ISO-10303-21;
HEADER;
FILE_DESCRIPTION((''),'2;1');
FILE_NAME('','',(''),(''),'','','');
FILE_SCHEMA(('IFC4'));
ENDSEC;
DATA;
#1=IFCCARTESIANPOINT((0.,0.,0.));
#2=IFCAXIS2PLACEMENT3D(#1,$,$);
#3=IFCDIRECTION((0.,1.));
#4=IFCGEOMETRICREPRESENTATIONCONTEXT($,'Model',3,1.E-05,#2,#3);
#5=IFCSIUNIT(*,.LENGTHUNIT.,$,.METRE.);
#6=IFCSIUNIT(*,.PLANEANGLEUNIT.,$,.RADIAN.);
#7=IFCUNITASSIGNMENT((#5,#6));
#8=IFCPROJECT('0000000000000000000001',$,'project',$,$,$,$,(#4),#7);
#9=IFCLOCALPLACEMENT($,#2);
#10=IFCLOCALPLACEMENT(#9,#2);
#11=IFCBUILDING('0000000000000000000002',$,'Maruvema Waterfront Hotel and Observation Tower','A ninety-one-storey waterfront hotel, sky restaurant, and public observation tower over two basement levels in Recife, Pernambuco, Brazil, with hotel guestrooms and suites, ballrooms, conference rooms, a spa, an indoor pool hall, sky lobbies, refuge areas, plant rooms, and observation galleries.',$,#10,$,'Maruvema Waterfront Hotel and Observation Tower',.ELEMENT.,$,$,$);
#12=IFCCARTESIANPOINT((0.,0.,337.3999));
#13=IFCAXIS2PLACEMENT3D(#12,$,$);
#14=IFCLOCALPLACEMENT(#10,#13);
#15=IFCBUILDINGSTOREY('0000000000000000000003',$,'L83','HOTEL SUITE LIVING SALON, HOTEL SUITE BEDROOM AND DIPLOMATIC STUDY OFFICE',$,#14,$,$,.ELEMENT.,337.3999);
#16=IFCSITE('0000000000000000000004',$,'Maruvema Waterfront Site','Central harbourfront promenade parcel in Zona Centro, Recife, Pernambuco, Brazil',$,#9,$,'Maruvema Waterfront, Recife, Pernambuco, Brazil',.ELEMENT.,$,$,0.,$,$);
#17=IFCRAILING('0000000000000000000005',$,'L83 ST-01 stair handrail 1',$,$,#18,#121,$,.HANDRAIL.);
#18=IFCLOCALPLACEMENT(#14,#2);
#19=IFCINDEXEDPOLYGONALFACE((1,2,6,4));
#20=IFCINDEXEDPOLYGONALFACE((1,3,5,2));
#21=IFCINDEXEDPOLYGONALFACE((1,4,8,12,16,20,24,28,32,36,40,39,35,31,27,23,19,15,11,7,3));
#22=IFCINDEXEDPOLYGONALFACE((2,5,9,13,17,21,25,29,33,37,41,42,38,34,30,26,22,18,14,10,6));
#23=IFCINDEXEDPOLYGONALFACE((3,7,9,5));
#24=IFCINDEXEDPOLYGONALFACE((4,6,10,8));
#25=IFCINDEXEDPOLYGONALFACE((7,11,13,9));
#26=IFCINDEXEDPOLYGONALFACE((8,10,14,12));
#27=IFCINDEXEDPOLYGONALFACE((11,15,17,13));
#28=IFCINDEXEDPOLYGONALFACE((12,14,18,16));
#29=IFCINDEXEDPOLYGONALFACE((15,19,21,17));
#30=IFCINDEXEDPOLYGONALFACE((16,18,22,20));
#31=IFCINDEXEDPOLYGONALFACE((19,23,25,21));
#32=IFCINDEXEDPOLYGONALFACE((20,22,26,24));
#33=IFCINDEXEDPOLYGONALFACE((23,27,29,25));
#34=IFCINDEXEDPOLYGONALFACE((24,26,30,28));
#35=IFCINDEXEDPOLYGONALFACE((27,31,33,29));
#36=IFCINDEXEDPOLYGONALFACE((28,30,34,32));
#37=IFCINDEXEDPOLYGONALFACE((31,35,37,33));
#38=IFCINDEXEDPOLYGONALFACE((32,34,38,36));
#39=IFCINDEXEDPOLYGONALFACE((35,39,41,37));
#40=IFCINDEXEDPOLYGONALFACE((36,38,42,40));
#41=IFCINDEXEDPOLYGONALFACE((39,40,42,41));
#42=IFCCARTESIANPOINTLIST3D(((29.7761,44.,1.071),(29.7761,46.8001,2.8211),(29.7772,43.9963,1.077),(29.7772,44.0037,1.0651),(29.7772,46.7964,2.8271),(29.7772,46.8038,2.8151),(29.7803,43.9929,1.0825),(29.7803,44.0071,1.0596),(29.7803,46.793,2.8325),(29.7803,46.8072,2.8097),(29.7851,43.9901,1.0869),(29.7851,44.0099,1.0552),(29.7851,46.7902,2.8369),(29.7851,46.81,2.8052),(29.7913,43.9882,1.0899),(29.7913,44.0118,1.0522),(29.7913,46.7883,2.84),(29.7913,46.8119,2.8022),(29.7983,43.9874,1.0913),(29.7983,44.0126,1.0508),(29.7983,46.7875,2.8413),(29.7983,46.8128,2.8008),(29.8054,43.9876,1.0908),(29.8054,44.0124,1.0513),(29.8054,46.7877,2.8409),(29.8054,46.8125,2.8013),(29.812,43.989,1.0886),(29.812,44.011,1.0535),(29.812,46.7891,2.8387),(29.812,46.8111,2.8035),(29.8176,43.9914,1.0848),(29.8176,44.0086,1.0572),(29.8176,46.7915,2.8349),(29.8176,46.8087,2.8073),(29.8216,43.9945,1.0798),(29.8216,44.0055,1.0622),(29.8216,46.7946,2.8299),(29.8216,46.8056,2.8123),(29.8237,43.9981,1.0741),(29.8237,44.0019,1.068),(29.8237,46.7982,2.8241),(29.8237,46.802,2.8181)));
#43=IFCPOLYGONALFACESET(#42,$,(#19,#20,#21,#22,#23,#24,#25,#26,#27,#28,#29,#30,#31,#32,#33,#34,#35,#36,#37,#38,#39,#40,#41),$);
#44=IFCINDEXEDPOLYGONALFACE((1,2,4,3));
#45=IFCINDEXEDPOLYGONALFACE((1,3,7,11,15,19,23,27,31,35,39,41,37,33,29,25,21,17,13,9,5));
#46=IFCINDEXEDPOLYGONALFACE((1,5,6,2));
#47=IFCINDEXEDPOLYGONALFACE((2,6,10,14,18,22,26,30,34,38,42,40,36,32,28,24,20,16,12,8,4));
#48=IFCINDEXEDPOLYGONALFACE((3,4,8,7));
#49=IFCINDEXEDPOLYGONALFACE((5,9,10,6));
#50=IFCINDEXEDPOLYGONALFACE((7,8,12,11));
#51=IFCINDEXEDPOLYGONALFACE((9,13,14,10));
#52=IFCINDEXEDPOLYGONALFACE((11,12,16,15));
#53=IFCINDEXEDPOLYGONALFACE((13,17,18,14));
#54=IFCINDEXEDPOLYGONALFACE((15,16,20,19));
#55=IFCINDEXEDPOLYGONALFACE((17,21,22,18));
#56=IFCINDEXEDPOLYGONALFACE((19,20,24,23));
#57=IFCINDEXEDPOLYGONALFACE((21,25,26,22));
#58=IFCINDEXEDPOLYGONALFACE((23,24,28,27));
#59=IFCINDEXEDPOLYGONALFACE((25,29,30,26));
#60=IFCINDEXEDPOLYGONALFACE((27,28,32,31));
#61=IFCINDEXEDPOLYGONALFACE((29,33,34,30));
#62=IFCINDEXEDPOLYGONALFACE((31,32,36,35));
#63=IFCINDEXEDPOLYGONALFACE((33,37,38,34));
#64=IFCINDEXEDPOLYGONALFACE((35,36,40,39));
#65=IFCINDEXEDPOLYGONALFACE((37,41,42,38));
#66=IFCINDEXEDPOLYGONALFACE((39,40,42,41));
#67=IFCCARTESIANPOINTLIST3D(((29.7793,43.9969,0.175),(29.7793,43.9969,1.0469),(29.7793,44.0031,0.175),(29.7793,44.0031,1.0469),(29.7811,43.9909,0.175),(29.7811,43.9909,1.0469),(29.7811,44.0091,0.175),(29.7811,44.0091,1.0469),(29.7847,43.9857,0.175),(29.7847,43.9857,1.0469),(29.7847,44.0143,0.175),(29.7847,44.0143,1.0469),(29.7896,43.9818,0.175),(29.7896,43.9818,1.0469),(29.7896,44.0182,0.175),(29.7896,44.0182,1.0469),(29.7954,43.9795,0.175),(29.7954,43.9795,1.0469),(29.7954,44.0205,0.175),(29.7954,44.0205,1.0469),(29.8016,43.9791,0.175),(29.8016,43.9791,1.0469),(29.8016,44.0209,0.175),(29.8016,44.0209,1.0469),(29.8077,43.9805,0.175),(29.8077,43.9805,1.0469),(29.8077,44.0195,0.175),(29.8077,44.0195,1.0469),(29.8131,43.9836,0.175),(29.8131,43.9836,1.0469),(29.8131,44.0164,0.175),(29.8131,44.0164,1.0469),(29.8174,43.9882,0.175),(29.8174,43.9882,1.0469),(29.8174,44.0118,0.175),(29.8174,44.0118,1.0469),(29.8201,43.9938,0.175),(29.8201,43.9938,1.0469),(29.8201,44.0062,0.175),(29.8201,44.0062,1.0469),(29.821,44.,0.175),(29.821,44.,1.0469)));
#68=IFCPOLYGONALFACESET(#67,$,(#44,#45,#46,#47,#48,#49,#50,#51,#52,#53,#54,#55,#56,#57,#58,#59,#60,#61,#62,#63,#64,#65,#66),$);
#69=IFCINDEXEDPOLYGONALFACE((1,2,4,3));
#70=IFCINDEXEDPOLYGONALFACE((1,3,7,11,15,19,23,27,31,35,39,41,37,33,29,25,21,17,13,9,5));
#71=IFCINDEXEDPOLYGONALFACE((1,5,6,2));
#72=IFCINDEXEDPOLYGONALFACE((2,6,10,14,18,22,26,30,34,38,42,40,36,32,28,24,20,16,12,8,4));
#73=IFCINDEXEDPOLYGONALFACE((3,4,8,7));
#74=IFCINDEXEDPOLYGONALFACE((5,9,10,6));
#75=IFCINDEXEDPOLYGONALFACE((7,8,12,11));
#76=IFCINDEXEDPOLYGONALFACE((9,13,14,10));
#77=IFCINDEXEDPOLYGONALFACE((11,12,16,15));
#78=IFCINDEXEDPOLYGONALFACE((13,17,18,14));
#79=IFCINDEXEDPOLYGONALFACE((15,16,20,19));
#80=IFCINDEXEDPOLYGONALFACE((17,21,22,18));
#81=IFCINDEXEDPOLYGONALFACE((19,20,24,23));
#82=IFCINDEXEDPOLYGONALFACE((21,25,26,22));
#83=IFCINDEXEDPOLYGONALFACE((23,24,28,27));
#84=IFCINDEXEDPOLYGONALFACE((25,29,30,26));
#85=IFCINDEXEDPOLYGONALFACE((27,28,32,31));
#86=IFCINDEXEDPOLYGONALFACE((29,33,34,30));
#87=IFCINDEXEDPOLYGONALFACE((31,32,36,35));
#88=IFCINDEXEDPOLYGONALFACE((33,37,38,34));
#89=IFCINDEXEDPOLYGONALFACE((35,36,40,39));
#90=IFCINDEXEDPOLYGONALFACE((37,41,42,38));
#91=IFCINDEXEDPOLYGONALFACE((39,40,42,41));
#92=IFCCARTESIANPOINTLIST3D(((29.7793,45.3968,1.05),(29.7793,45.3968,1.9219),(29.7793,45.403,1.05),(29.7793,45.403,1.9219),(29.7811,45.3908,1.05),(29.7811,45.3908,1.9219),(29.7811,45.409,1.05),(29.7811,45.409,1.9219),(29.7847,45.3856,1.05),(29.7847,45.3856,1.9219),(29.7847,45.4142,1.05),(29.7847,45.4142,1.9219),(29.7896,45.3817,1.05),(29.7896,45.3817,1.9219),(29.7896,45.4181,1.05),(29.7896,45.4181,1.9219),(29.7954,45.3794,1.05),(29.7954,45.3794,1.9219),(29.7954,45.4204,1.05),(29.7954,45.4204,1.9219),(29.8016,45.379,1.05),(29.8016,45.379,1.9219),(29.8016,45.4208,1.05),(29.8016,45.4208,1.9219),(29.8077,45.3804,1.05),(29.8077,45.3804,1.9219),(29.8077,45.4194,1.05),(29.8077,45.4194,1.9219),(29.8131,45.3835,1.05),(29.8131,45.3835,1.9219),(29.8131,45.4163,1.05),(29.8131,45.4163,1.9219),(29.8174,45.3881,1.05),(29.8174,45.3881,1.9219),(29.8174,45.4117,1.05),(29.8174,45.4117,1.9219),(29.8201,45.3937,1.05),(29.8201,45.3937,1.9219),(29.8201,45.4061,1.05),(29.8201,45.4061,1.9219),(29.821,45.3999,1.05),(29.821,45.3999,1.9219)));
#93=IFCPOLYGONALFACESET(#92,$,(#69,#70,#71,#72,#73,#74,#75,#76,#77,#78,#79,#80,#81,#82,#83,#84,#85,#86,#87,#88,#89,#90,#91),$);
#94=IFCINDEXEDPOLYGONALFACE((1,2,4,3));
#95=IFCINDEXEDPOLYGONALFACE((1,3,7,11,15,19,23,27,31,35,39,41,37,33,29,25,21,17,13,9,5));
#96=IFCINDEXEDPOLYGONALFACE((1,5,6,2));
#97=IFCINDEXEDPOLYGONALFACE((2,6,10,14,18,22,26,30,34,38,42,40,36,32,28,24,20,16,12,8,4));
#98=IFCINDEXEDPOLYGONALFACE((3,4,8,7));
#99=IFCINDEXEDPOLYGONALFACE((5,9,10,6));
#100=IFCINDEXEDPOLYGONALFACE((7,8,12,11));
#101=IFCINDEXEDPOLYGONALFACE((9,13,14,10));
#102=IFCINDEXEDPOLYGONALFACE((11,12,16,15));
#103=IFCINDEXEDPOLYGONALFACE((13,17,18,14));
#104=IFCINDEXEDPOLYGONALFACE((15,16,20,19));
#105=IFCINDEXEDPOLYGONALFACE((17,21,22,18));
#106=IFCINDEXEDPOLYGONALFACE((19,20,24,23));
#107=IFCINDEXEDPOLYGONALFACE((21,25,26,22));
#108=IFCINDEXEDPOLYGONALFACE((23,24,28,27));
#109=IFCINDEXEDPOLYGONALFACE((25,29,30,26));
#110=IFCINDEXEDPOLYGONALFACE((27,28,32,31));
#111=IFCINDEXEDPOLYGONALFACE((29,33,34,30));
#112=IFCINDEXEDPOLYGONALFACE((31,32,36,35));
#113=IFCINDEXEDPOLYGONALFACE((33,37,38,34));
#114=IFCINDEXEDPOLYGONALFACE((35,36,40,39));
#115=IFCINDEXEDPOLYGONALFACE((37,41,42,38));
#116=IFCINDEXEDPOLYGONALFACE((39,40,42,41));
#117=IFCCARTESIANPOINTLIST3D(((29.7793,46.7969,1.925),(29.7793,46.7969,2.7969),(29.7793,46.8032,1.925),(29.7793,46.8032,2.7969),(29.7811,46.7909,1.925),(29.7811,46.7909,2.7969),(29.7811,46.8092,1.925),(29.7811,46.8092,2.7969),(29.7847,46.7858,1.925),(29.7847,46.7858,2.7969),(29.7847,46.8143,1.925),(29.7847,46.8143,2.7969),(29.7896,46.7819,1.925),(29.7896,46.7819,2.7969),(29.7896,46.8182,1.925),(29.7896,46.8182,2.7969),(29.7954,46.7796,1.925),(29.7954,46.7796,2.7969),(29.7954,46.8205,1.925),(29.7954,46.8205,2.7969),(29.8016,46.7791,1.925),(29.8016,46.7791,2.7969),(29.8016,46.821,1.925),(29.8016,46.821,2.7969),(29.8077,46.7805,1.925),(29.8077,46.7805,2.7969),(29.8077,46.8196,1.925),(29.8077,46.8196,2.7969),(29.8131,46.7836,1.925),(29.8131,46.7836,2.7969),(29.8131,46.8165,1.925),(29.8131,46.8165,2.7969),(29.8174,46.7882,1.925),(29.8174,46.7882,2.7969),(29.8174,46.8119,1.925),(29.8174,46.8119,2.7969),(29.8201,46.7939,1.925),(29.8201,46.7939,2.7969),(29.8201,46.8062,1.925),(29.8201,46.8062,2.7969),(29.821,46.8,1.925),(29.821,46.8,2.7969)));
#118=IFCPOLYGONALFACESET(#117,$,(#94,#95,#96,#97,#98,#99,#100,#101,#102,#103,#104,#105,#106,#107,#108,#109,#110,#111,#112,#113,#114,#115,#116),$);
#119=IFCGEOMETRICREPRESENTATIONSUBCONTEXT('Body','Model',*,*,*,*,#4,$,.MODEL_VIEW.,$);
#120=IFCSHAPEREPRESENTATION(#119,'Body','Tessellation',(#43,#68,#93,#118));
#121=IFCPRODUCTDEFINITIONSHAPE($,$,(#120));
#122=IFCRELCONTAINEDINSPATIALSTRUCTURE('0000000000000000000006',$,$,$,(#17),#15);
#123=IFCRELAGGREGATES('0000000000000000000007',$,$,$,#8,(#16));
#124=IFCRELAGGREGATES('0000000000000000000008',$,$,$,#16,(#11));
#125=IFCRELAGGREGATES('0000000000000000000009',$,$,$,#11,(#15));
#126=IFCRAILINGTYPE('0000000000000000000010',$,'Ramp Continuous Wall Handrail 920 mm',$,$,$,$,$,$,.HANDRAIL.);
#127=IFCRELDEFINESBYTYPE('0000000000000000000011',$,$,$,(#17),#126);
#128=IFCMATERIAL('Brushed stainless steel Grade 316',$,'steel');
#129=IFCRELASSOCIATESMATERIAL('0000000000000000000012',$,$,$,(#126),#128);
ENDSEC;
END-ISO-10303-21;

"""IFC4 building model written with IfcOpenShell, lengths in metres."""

from ifc_helpers import new_model, si_unit, direction, frame, origin, origin_2d, place, context, subcontext, project, spatial, circle, extrude, material, type_object, element, save


model = new_model("IFC4")

# Units and contexts
model_context = context("Model", 3, precision=1e-05, world=origin(), true_north=direction((0.0, 1.0)))
body_context = subcontext(model_context, "Body", "Model", "MODEL_VIEW")
ifc_project = project(units=[si_unit("LENGTHUNIT", "METRE"), si_unit("PLANEANGLEUNIT", "RADIAN")], contexts=[model_context])

# Site, building, storey
site_placement = place(None, origin())
site = spatial("IfcSite", under=ifc_project, at=site_placement, Name="Maruvema Waterfront Site", Description="Central harbourfront promenade parcel in Zona Centro, Recife, Pernambuco, Brazil", LongName="Maruvema Waterfront, Recife, Pernambuco, Brazil", CompositionType="ELEMENT", RefElevation=0.0)
building_placement = place(site_placement, origin())
building = spatial("IfcBuilding", under=site, at=building_placement, Name="Maruvema Waterfront Hotel and Observation Tower", Description="A ninety-one-storey waterfront hotel, sky restaurant, and public observation tower over two basement levels in Recife, Pernambuco, Brazil, with hotel guestrooms and suites, ballrooms, conference rooms, a spa, an indoor pool hall, sky lobbies, refuge areas, plant rooms, and observation galleries.", LongName="Maruvema Waterfront Hotel and Observation Tower", CompositionType="ELEMENT")
storey_placement = place(building_placement, frame((0.0, 0.0, 337.3999)))
storey = spatial("IfcBuildingStorey", under=building, at=storey_placement, Name="L83", Description="HOTEL SUITE LIVING SALON, HOTEL SUITE BEDROOM AND DIPLOMATIC STUDY OFFICE", CompositionType="ELEMENT", Elevation=337.3999)

# Railing
ifc_material_1 = material(Name="Brushed stainless steel Grade 316", Category="steel")
railing_type_1 = type_object("IfcRailingType", Name="Ramp Continuous Wall Handrail 920 mm", PredefinedType="HANDRAIL", material=ifc_material_1)
railing_1_placement = place(storey_placement, frame((29.8, 44.0, 0.175)))
element("IfcRailing", 1, at=railing_1_placement, inside=storey, type_object=railing_type_1, Name="L83 ST-01 stair handrail 1", PredefinedType="HANDRAIL", context=body_context, shape_type="SweptSolid", body=[
    extrude(circle(Radius=0.0239, at=origin_2d()), frame((0.0, 0.0, 0.896), z_axis=(0.0, 0.848002, 0.529992), x_axis=(-1.0, 0.0, 0.0)), (0.0, 0.0, 1.0), 3.302),
    extrude(circle(Radius=0.021, at=origin_2d()), origin(), (0.0, 0.0, 1.0), 0.8718),
    extrude(circle(Radius=0.021, at=origin_2d()), frame((0.0, 1.3999, 0.875)), (0.0, 0.0, 1.0), 0.8718),
    extrude(circle(Radius=0.021, at=origin_2d()), frame((0.0, 2.8, 1.75)), (0.0, 0.0, 1.0), 0.8718),
])

save(model, "model.ifc")
